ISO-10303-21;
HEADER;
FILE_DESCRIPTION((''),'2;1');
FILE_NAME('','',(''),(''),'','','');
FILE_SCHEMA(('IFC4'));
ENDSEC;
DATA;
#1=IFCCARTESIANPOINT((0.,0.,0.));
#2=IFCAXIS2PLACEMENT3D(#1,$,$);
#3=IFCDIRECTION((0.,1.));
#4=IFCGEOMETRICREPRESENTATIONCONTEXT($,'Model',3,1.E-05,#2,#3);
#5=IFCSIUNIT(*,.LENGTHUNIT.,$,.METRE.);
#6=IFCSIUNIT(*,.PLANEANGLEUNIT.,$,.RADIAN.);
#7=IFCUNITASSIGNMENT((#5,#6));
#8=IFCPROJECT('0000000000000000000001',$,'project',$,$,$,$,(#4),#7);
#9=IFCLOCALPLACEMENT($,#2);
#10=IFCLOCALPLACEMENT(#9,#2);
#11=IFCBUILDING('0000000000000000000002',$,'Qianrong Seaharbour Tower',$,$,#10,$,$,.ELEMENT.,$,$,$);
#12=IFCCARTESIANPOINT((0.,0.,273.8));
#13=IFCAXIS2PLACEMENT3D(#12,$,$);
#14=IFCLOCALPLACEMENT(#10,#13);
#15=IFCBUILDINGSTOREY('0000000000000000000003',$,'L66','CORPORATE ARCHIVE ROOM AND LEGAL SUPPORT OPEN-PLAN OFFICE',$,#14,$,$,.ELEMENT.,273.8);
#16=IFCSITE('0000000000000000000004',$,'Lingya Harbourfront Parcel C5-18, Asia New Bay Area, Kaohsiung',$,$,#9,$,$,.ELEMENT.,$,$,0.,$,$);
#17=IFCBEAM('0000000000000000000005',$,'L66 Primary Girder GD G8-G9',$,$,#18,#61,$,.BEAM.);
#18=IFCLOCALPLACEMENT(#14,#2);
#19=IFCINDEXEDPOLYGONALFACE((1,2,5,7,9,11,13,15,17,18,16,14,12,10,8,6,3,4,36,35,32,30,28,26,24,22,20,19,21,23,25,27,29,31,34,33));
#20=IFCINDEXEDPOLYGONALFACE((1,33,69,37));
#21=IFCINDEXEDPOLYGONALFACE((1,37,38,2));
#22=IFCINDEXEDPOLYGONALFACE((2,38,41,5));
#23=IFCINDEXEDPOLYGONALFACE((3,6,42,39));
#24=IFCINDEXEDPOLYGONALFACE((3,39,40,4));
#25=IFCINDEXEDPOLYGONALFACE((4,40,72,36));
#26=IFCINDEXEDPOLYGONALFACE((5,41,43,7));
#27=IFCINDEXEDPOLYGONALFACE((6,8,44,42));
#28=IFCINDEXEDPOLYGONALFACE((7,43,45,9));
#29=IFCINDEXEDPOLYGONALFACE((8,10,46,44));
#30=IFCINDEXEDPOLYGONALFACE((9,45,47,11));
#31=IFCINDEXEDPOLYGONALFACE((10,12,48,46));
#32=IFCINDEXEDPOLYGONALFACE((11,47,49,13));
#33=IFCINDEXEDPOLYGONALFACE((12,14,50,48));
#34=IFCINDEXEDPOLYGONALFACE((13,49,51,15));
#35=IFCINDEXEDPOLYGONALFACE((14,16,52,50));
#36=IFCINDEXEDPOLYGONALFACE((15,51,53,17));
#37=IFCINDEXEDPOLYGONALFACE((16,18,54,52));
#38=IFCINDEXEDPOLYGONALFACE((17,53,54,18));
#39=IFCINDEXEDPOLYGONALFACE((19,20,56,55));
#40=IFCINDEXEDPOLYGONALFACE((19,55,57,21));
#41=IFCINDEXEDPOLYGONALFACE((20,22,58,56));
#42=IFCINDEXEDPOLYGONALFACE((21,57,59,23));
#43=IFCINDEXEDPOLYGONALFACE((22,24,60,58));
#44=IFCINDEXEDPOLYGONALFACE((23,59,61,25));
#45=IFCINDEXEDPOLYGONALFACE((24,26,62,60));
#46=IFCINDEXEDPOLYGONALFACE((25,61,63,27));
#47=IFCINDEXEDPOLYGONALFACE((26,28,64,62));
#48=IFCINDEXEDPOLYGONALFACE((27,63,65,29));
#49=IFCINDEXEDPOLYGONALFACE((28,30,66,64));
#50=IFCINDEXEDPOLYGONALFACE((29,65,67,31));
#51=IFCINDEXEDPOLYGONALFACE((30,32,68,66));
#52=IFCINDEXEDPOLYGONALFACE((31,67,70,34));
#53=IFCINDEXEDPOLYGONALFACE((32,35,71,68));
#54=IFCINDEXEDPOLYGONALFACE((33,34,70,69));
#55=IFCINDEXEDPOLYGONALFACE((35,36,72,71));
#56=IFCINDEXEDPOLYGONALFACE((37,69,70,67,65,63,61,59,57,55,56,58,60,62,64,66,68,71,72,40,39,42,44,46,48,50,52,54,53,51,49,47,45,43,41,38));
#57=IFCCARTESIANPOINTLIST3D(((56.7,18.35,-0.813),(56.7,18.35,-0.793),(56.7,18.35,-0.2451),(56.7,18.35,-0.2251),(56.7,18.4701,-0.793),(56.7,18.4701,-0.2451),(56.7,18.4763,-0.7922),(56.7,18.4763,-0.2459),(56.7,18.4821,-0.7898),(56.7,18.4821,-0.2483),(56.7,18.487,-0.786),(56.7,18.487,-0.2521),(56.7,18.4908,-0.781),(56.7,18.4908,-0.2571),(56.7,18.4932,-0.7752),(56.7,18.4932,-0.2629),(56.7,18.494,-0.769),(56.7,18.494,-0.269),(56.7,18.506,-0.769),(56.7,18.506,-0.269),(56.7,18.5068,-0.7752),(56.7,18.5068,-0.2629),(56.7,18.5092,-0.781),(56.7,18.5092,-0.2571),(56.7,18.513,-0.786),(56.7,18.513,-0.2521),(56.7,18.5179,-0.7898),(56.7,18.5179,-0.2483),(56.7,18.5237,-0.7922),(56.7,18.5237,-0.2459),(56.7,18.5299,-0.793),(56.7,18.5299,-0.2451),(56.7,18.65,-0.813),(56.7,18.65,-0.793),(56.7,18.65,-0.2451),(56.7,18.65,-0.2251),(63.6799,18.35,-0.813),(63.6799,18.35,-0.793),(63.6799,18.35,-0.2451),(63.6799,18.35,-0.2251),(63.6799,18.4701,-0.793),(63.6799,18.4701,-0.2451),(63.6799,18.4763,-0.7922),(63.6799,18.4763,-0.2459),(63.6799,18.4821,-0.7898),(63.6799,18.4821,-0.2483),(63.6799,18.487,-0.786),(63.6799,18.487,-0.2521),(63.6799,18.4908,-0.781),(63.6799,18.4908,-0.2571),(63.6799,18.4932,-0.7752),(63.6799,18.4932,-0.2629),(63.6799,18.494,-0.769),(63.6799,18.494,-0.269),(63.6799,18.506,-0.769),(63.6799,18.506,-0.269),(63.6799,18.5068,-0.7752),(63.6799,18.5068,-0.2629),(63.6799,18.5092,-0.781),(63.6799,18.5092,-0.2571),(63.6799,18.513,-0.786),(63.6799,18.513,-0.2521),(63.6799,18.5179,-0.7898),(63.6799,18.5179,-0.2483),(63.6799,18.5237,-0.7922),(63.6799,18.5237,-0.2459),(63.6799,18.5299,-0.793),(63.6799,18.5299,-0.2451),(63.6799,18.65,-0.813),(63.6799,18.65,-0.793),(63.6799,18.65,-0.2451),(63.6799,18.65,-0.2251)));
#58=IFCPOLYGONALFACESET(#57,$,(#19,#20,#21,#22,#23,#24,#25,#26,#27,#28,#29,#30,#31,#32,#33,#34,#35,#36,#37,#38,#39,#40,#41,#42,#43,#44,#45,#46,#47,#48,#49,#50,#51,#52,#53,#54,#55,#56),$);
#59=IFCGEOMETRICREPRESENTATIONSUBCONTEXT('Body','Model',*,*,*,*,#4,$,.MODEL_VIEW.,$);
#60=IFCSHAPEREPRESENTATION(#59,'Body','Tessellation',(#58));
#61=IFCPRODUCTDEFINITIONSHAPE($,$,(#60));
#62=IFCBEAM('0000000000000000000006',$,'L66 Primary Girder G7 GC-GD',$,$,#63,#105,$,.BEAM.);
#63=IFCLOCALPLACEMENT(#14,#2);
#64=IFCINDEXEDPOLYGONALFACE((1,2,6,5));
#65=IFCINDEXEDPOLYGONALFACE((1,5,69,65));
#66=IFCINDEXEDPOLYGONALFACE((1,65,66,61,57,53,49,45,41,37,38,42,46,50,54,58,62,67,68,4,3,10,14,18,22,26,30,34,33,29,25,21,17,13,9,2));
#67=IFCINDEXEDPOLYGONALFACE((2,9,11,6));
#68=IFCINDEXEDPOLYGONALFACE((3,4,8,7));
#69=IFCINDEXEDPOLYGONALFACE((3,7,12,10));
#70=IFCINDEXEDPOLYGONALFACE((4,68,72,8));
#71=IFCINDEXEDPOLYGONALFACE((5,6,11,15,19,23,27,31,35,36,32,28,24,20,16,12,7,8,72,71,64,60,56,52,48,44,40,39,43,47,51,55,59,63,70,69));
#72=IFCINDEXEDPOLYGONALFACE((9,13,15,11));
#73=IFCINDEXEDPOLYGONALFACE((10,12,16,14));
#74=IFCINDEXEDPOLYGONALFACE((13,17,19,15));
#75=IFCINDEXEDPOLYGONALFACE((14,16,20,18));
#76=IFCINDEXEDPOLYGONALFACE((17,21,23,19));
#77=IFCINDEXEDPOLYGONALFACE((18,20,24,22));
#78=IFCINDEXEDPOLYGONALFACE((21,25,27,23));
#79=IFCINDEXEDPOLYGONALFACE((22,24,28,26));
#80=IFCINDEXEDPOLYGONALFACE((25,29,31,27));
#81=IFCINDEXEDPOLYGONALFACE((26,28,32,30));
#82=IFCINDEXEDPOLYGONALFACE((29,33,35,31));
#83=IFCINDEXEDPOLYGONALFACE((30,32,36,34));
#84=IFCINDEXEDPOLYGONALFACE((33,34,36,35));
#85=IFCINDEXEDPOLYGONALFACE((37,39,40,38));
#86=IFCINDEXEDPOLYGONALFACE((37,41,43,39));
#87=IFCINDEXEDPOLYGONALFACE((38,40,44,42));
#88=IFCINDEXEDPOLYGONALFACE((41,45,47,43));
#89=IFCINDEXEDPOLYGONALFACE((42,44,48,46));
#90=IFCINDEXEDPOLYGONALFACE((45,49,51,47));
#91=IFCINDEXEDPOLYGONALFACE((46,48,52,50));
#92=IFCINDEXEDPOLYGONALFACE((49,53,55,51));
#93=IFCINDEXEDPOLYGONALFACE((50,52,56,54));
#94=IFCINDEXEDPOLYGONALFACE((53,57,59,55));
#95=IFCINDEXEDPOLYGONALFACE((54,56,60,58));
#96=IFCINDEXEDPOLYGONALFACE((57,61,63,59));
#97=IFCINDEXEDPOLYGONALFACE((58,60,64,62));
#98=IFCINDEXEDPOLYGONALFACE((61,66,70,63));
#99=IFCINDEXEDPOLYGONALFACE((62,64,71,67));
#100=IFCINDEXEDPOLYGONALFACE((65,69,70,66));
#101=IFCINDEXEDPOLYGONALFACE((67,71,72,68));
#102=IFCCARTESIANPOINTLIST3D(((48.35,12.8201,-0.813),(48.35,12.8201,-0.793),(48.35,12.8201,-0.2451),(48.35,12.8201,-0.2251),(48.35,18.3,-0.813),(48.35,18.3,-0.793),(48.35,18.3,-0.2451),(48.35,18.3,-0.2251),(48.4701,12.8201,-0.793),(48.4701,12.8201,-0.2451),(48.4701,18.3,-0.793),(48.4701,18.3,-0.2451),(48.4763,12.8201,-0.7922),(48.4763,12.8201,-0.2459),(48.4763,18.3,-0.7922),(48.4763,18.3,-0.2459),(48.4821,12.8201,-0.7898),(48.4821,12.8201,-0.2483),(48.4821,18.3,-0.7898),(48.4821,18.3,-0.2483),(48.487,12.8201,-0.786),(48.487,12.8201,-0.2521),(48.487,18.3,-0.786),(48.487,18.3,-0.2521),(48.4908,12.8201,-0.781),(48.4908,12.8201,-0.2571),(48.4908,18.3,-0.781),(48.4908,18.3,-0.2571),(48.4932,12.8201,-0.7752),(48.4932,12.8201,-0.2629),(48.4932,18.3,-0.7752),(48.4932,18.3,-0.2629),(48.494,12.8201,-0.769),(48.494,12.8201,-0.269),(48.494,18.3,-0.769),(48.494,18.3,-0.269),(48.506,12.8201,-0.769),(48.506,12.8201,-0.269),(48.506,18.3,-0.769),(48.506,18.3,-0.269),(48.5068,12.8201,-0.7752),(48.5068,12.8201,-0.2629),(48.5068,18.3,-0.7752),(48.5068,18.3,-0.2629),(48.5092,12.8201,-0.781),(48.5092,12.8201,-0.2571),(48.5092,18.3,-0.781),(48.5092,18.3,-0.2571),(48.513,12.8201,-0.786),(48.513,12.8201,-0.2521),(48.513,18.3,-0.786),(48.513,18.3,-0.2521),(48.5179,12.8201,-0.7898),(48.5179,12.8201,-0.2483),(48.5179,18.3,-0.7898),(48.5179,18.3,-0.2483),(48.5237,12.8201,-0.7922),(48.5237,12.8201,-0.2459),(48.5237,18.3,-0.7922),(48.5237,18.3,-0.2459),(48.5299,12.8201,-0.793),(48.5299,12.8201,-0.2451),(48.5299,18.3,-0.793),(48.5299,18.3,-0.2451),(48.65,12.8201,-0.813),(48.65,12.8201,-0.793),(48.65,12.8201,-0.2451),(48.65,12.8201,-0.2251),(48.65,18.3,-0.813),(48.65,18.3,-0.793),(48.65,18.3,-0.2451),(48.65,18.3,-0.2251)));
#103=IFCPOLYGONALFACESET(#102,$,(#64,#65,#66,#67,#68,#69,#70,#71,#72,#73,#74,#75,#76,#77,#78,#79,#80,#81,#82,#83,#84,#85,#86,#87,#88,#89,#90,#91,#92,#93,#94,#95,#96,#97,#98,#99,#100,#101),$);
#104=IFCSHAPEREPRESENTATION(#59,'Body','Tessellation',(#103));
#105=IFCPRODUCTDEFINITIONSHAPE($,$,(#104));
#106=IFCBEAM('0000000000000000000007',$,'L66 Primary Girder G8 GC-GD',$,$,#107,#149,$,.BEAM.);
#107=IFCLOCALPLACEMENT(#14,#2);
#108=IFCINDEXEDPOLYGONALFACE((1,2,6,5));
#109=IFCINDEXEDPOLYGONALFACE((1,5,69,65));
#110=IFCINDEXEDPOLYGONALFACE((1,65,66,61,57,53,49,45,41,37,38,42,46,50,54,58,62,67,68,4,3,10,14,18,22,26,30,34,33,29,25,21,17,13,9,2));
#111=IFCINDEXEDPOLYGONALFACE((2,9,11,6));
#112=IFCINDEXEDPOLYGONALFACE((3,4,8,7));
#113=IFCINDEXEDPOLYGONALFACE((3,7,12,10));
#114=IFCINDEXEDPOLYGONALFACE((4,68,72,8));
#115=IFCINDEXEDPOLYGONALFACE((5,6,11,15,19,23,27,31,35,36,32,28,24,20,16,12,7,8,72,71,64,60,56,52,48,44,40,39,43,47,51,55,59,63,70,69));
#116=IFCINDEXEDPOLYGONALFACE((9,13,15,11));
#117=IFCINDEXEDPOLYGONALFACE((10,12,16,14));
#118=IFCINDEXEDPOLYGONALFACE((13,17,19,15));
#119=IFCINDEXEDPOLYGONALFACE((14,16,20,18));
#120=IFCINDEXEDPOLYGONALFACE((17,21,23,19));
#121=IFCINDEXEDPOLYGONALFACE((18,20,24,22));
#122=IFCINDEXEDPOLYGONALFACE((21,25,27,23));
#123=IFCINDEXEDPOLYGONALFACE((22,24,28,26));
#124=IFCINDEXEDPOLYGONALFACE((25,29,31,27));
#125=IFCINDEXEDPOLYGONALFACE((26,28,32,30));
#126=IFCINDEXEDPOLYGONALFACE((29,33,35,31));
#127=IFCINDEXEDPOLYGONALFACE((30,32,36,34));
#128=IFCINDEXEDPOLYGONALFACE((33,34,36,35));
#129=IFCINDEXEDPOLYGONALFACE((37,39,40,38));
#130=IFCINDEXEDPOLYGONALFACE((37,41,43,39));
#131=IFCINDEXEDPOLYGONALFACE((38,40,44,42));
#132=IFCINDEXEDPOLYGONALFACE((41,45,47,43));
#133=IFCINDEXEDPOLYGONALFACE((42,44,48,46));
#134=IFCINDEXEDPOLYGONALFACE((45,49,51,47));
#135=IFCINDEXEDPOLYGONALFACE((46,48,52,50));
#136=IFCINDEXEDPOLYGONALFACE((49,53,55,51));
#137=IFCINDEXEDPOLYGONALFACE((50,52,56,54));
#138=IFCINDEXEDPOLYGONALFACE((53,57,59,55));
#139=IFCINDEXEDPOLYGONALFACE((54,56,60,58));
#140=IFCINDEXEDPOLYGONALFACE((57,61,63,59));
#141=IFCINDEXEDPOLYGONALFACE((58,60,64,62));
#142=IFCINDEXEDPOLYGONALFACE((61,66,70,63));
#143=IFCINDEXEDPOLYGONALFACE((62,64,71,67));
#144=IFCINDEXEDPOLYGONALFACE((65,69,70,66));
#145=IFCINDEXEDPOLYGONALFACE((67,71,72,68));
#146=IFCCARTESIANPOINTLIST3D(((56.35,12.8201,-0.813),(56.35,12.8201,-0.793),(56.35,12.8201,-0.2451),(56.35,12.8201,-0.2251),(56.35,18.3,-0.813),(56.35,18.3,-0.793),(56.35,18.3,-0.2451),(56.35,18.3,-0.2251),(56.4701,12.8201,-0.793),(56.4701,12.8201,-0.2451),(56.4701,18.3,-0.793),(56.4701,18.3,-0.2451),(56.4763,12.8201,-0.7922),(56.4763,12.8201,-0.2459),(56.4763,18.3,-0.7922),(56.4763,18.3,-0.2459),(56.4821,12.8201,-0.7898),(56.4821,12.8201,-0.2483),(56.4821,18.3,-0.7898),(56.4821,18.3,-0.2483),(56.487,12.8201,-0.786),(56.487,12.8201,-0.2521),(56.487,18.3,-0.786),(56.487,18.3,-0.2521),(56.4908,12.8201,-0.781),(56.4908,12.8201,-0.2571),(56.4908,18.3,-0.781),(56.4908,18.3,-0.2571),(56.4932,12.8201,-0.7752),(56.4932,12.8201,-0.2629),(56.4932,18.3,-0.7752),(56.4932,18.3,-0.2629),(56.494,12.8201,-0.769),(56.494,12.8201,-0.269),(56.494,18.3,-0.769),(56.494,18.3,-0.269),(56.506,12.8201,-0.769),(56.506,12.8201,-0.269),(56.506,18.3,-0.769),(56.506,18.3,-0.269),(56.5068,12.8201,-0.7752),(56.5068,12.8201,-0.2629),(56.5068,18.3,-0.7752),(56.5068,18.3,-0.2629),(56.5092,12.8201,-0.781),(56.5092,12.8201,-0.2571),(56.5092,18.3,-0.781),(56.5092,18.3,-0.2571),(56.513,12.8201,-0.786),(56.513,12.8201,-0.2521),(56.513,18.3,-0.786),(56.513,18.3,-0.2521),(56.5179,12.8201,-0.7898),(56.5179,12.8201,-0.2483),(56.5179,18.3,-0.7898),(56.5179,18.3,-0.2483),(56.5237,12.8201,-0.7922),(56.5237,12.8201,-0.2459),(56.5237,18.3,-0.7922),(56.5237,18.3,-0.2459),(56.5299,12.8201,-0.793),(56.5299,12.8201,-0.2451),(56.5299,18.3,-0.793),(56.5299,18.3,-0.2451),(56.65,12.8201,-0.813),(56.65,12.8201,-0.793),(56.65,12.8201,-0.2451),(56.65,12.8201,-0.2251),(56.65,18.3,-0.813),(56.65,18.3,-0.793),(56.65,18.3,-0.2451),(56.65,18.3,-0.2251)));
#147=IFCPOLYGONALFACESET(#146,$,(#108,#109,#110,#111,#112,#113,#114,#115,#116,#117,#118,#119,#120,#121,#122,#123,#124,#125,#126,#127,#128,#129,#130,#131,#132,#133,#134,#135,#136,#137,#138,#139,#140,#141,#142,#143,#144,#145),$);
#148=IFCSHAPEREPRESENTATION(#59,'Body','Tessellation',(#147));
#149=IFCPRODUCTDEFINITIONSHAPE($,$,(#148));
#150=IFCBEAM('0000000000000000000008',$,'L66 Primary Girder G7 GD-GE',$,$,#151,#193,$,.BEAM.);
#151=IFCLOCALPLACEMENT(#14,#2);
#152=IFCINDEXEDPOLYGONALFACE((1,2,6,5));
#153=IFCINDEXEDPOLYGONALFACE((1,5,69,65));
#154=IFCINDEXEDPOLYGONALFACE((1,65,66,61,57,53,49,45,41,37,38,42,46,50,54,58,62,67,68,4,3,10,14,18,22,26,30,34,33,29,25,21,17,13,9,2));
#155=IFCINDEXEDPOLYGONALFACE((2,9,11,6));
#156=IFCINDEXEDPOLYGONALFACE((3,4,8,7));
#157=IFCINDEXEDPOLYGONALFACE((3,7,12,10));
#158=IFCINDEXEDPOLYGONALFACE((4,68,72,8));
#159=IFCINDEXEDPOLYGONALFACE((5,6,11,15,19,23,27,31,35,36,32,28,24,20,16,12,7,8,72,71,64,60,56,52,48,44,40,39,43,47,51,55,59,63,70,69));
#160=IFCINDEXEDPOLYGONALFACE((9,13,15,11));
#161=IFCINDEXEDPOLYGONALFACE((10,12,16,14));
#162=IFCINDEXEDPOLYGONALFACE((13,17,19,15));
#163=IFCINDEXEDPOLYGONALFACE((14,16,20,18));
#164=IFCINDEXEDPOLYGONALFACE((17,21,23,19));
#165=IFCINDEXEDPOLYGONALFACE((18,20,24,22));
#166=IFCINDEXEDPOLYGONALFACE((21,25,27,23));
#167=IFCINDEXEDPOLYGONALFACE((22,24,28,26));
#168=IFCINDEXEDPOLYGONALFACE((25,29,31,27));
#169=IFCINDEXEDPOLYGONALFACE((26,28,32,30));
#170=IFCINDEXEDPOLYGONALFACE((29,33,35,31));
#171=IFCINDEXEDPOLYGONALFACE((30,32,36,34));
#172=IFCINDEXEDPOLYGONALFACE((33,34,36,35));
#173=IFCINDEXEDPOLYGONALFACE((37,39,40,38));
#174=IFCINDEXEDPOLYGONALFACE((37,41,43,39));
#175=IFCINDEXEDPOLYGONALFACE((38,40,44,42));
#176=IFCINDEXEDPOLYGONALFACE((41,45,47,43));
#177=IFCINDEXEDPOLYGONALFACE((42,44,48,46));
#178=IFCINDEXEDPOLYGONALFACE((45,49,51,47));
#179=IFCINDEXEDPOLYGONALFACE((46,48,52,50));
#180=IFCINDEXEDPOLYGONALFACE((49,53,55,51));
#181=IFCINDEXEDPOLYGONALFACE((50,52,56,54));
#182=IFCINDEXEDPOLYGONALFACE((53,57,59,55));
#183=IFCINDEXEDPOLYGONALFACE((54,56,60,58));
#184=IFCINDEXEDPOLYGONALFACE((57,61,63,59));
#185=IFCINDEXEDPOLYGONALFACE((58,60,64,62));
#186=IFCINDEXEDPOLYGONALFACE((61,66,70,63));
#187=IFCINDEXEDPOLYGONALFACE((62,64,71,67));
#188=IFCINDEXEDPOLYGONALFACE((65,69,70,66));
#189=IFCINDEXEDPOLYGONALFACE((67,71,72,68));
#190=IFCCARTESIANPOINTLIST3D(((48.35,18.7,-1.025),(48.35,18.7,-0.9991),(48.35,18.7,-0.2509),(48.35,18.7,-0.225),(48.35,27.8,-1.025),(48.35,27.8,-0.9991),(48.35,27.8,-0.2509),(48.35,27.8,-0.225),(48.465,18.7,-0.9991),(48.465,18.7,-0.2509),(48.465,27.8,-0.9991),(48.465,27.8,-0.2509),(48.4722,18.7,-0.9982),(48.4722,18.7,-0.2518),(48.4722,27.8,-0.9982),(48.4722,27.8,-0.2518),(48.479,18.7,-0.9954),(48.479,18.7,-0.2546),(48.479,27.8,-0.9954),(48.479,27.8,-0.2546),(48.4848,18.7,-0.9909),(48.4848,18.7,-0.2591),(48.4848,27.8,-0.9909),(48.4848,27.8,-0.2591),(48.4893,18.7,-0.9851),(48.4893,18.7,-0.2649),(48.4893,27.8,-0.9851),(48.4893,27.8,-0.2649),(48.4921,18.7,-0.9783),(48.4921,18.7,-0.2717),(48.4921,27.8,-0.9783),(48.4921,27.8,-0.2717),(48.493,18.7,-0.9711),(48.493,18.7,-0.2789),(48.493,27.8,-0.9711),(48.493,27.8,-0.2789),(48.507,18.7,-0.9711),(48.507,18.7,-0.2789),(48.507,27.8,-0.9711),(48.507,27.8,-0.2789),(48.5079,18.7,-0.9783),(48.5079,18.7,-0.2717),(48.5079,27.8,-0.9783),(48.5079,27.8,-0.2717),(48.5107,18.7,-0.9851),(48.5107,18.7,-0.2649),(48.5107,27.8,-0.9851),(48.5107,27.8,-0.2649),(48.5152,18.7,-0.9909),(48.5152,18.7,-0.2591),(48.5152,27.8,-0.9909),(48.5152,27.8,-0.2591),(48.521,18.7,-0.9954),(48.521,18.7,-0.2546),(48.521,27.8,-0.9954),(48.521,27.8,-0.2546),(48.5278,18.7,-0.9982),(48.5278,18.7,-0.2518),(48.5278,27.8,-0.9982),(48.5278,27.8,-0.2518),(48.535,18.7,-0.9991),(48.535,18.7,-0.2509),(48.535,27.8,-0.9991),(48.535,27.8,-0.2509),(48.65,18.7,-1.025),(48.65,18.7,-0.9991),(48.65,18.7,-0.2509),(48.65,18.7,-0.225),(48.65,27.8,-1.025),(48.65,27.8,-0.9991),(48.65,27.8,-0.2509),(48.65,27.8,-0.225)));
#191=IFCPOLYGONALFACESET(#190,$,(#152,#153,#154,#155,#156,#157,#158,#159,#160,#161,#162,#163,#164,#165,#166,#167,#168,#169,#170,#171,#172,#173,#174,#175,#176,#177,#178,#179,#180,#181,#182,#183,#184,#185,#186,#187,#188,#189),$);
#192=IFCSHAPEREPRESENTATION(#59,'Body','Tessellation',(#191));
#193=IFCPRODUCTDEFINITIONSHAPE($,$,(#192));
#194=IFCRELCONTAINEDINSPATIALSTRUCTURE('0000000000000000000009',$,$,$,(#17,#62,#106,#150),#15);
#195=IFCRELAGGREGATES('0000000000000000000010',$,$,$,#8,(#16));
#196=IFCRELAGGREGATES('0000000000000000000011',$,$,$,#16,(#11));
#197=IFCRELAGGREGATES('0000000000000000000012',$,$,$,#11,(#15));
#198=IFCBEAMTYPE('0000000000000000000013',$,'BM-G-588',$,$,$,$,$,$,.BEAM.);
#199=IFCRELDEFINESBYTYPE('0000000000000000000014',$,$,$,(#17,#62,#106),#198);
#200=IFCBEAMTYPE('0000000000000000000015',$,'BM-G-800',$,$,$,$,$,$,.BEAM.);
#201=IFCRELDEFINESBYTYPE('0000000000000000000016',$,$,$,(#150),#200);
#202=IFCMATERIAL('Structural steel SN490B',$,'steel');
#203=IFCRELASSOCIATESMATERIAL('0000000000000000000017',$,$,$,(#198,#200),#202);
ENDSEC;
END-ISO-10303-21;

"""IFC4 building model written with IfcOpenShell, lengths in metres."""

from ifc_helpers import new_model, si_unit, direction, frame, origin, origin_2d, place, context, subcontext, project, spatial, i_section, extrude, material, material_profile, profile_set, type_object, element, save


model = new_model("IFC4")

# Units and contexts
model_context = context("Model", 3, precision=1e-05, world=origin(), true_north=direction((0.0, 1.0)))
body_context = subcontext(model_context, "Body", "Model", "MODEL_VIEW")
ifc_project = project(units=[si_unit("LENGTHUNIT", "METRE"), si_unit("PLANEANGLEUNIT", "RADIAN")], contexts=[model_context])

# Site, building, storey
site_placement = place(None, origin())
site = spatial("IfcSite", under=ifc_project, at=site_placement, Name="Lingya Harbourfront Parcel C5-18, Asia New Bay Area, Kaohsiung", CompositionType="ELEMENT", RefElevation=0.0)
building_placement = place(site_placement, origin())
building = spatial("IfcBuilding", under=site, at=building_placement, Name="Qianrong Seaharbour Tower", CompositionType="ELEMENT")
storey_placement = place(building_placement, frame((0.0, 0.0, 273.8)))
storey = spatial("IfcBuildingStorey", under=building, at=storey_placement, Name="L66", Description="CORPORATE ARCHIVE ROOM AND LEGAL SUPPORT OPEN-PLAN OFFICE", CompositionType="ELEMENT", Elevation=273.8)

# Shared definitions
ifc_material_1 = material(Name="Structural steel SN490B", Category="steel")

# Beams
ifc_material_profile_1 = material_profile(ifc_material_1, i_section(OverallWidth=0.3, OverallDepth=0.5879, WebThickness=0.012, FlangeThickness=0.02, FilletRadius=0.0239, at=origin_2d()), Name="H588x300x12x20")
ifc_profile_set_1 = profile_set([ifc_material_profile_1], Name="Structural steel SN490B")
beam_type_1 = type_object("IfcBeamType", Name="BM-G-588", PredefinedType="BEAM", material=ifc_profile_set_1)
beam_1_placement = place(storey_placement, frame((56.7, 18.5, -0.519), z_axis=(1.0, 0.0, 0.0), x_axis=(0.0, 1.0, 0.0)))
element("IfcBeam", 1, at=beam_1_placement, inside=storey, type_object=beam_type_1, Name="L66 Primary Girder GD G8-G9", PredefinedType="BEAM", context=body_context, shape_type="SweptSolid", body=[
    extrude(i_section(OverallWidth=0.3, OverallDepth=0.5879, WebThickness=0.012, FlangeThickness=0.02, FilletRadius=0.0239, at=origin_2d()), origin(), (0.0, 0.0, 1.0), 6.98),
])
for number, where, z_axis, x_axis, name in (
    (2, (48.5, 12.8201, -0.519), (0.0, 1.0, 0.0), (-1.0, 0.0, 0.0), "L66 Primary Girder G7 GC-GD"),
    (3, (56.5, 12.8201, -0.519), (0.0, 1.0, 0.0), (-1.0, 0.0, 0.0), "L66 Primary Girder G8 GC-GD"),
):
    element("IfcBeam", number, at=place(storey_placement, frame(where, z_axis=z_axis, x_axis=x_axis)), inside=storey, type_object=beam_type_1, Name=name, PredefinedType="BEAM", context=body_context, shape_type="SweptSolid", body=[
        extrude(i_section(OverallWidth=0.3, OverallDepth=0.5879, WebThickness=0.012, FlangeThickness=0.02, FilletRadius=0.0239, at=origin_2d()), origin(), (0.0, 0.0, 1.0), 5.48),
    ])
ifc_material_profile_2 = material_profile(ifc_material_1, i_section(OverallWidth=0.3, OverallDepth=0.8, WebThickness=0.0139, FlangeThickness=0.0259, FilletRadius=0.0281, at=origin_2d()), Name="H800x300x14x26")
ifc_profile_set_2 = profile_set([ifc_material_profile_2], Name="Structural steel SN490B")
beam_type_2 = type_object("IfcBeamType", Name="BM-G-800", PredefinedType="BEAM", material=ifc_profile_set_2)
for number, where, z_axis, x_axis, name in (
    (4, (48.5, 18.7, -0.625), (0.0, 1.0, 0.0), (-1.0, 0.0, 0.0), "L66 Primary Girder G7 GD-GE"),
):
    element("IfcBeam", number, at=place(storey_placement, frame(where, z_axis=z_axis, x_axis=x_axis)), inside=storey, type_object=beam_type_2, Name=name, PredefinedType="BEAM", context=body_context, shape_type="SweptSolid", body=[
        extrude(i_section(OverallWidth=0.3, OverallDepth=0.8, WebThickness=0.0139, FlangeThickness=0.0259, FilletRadius=0.0281, at=origin_2d()), origin(), (0.0, 0.0, 1.0), 9.1001),
    ])

save(model, "model.ifc")
